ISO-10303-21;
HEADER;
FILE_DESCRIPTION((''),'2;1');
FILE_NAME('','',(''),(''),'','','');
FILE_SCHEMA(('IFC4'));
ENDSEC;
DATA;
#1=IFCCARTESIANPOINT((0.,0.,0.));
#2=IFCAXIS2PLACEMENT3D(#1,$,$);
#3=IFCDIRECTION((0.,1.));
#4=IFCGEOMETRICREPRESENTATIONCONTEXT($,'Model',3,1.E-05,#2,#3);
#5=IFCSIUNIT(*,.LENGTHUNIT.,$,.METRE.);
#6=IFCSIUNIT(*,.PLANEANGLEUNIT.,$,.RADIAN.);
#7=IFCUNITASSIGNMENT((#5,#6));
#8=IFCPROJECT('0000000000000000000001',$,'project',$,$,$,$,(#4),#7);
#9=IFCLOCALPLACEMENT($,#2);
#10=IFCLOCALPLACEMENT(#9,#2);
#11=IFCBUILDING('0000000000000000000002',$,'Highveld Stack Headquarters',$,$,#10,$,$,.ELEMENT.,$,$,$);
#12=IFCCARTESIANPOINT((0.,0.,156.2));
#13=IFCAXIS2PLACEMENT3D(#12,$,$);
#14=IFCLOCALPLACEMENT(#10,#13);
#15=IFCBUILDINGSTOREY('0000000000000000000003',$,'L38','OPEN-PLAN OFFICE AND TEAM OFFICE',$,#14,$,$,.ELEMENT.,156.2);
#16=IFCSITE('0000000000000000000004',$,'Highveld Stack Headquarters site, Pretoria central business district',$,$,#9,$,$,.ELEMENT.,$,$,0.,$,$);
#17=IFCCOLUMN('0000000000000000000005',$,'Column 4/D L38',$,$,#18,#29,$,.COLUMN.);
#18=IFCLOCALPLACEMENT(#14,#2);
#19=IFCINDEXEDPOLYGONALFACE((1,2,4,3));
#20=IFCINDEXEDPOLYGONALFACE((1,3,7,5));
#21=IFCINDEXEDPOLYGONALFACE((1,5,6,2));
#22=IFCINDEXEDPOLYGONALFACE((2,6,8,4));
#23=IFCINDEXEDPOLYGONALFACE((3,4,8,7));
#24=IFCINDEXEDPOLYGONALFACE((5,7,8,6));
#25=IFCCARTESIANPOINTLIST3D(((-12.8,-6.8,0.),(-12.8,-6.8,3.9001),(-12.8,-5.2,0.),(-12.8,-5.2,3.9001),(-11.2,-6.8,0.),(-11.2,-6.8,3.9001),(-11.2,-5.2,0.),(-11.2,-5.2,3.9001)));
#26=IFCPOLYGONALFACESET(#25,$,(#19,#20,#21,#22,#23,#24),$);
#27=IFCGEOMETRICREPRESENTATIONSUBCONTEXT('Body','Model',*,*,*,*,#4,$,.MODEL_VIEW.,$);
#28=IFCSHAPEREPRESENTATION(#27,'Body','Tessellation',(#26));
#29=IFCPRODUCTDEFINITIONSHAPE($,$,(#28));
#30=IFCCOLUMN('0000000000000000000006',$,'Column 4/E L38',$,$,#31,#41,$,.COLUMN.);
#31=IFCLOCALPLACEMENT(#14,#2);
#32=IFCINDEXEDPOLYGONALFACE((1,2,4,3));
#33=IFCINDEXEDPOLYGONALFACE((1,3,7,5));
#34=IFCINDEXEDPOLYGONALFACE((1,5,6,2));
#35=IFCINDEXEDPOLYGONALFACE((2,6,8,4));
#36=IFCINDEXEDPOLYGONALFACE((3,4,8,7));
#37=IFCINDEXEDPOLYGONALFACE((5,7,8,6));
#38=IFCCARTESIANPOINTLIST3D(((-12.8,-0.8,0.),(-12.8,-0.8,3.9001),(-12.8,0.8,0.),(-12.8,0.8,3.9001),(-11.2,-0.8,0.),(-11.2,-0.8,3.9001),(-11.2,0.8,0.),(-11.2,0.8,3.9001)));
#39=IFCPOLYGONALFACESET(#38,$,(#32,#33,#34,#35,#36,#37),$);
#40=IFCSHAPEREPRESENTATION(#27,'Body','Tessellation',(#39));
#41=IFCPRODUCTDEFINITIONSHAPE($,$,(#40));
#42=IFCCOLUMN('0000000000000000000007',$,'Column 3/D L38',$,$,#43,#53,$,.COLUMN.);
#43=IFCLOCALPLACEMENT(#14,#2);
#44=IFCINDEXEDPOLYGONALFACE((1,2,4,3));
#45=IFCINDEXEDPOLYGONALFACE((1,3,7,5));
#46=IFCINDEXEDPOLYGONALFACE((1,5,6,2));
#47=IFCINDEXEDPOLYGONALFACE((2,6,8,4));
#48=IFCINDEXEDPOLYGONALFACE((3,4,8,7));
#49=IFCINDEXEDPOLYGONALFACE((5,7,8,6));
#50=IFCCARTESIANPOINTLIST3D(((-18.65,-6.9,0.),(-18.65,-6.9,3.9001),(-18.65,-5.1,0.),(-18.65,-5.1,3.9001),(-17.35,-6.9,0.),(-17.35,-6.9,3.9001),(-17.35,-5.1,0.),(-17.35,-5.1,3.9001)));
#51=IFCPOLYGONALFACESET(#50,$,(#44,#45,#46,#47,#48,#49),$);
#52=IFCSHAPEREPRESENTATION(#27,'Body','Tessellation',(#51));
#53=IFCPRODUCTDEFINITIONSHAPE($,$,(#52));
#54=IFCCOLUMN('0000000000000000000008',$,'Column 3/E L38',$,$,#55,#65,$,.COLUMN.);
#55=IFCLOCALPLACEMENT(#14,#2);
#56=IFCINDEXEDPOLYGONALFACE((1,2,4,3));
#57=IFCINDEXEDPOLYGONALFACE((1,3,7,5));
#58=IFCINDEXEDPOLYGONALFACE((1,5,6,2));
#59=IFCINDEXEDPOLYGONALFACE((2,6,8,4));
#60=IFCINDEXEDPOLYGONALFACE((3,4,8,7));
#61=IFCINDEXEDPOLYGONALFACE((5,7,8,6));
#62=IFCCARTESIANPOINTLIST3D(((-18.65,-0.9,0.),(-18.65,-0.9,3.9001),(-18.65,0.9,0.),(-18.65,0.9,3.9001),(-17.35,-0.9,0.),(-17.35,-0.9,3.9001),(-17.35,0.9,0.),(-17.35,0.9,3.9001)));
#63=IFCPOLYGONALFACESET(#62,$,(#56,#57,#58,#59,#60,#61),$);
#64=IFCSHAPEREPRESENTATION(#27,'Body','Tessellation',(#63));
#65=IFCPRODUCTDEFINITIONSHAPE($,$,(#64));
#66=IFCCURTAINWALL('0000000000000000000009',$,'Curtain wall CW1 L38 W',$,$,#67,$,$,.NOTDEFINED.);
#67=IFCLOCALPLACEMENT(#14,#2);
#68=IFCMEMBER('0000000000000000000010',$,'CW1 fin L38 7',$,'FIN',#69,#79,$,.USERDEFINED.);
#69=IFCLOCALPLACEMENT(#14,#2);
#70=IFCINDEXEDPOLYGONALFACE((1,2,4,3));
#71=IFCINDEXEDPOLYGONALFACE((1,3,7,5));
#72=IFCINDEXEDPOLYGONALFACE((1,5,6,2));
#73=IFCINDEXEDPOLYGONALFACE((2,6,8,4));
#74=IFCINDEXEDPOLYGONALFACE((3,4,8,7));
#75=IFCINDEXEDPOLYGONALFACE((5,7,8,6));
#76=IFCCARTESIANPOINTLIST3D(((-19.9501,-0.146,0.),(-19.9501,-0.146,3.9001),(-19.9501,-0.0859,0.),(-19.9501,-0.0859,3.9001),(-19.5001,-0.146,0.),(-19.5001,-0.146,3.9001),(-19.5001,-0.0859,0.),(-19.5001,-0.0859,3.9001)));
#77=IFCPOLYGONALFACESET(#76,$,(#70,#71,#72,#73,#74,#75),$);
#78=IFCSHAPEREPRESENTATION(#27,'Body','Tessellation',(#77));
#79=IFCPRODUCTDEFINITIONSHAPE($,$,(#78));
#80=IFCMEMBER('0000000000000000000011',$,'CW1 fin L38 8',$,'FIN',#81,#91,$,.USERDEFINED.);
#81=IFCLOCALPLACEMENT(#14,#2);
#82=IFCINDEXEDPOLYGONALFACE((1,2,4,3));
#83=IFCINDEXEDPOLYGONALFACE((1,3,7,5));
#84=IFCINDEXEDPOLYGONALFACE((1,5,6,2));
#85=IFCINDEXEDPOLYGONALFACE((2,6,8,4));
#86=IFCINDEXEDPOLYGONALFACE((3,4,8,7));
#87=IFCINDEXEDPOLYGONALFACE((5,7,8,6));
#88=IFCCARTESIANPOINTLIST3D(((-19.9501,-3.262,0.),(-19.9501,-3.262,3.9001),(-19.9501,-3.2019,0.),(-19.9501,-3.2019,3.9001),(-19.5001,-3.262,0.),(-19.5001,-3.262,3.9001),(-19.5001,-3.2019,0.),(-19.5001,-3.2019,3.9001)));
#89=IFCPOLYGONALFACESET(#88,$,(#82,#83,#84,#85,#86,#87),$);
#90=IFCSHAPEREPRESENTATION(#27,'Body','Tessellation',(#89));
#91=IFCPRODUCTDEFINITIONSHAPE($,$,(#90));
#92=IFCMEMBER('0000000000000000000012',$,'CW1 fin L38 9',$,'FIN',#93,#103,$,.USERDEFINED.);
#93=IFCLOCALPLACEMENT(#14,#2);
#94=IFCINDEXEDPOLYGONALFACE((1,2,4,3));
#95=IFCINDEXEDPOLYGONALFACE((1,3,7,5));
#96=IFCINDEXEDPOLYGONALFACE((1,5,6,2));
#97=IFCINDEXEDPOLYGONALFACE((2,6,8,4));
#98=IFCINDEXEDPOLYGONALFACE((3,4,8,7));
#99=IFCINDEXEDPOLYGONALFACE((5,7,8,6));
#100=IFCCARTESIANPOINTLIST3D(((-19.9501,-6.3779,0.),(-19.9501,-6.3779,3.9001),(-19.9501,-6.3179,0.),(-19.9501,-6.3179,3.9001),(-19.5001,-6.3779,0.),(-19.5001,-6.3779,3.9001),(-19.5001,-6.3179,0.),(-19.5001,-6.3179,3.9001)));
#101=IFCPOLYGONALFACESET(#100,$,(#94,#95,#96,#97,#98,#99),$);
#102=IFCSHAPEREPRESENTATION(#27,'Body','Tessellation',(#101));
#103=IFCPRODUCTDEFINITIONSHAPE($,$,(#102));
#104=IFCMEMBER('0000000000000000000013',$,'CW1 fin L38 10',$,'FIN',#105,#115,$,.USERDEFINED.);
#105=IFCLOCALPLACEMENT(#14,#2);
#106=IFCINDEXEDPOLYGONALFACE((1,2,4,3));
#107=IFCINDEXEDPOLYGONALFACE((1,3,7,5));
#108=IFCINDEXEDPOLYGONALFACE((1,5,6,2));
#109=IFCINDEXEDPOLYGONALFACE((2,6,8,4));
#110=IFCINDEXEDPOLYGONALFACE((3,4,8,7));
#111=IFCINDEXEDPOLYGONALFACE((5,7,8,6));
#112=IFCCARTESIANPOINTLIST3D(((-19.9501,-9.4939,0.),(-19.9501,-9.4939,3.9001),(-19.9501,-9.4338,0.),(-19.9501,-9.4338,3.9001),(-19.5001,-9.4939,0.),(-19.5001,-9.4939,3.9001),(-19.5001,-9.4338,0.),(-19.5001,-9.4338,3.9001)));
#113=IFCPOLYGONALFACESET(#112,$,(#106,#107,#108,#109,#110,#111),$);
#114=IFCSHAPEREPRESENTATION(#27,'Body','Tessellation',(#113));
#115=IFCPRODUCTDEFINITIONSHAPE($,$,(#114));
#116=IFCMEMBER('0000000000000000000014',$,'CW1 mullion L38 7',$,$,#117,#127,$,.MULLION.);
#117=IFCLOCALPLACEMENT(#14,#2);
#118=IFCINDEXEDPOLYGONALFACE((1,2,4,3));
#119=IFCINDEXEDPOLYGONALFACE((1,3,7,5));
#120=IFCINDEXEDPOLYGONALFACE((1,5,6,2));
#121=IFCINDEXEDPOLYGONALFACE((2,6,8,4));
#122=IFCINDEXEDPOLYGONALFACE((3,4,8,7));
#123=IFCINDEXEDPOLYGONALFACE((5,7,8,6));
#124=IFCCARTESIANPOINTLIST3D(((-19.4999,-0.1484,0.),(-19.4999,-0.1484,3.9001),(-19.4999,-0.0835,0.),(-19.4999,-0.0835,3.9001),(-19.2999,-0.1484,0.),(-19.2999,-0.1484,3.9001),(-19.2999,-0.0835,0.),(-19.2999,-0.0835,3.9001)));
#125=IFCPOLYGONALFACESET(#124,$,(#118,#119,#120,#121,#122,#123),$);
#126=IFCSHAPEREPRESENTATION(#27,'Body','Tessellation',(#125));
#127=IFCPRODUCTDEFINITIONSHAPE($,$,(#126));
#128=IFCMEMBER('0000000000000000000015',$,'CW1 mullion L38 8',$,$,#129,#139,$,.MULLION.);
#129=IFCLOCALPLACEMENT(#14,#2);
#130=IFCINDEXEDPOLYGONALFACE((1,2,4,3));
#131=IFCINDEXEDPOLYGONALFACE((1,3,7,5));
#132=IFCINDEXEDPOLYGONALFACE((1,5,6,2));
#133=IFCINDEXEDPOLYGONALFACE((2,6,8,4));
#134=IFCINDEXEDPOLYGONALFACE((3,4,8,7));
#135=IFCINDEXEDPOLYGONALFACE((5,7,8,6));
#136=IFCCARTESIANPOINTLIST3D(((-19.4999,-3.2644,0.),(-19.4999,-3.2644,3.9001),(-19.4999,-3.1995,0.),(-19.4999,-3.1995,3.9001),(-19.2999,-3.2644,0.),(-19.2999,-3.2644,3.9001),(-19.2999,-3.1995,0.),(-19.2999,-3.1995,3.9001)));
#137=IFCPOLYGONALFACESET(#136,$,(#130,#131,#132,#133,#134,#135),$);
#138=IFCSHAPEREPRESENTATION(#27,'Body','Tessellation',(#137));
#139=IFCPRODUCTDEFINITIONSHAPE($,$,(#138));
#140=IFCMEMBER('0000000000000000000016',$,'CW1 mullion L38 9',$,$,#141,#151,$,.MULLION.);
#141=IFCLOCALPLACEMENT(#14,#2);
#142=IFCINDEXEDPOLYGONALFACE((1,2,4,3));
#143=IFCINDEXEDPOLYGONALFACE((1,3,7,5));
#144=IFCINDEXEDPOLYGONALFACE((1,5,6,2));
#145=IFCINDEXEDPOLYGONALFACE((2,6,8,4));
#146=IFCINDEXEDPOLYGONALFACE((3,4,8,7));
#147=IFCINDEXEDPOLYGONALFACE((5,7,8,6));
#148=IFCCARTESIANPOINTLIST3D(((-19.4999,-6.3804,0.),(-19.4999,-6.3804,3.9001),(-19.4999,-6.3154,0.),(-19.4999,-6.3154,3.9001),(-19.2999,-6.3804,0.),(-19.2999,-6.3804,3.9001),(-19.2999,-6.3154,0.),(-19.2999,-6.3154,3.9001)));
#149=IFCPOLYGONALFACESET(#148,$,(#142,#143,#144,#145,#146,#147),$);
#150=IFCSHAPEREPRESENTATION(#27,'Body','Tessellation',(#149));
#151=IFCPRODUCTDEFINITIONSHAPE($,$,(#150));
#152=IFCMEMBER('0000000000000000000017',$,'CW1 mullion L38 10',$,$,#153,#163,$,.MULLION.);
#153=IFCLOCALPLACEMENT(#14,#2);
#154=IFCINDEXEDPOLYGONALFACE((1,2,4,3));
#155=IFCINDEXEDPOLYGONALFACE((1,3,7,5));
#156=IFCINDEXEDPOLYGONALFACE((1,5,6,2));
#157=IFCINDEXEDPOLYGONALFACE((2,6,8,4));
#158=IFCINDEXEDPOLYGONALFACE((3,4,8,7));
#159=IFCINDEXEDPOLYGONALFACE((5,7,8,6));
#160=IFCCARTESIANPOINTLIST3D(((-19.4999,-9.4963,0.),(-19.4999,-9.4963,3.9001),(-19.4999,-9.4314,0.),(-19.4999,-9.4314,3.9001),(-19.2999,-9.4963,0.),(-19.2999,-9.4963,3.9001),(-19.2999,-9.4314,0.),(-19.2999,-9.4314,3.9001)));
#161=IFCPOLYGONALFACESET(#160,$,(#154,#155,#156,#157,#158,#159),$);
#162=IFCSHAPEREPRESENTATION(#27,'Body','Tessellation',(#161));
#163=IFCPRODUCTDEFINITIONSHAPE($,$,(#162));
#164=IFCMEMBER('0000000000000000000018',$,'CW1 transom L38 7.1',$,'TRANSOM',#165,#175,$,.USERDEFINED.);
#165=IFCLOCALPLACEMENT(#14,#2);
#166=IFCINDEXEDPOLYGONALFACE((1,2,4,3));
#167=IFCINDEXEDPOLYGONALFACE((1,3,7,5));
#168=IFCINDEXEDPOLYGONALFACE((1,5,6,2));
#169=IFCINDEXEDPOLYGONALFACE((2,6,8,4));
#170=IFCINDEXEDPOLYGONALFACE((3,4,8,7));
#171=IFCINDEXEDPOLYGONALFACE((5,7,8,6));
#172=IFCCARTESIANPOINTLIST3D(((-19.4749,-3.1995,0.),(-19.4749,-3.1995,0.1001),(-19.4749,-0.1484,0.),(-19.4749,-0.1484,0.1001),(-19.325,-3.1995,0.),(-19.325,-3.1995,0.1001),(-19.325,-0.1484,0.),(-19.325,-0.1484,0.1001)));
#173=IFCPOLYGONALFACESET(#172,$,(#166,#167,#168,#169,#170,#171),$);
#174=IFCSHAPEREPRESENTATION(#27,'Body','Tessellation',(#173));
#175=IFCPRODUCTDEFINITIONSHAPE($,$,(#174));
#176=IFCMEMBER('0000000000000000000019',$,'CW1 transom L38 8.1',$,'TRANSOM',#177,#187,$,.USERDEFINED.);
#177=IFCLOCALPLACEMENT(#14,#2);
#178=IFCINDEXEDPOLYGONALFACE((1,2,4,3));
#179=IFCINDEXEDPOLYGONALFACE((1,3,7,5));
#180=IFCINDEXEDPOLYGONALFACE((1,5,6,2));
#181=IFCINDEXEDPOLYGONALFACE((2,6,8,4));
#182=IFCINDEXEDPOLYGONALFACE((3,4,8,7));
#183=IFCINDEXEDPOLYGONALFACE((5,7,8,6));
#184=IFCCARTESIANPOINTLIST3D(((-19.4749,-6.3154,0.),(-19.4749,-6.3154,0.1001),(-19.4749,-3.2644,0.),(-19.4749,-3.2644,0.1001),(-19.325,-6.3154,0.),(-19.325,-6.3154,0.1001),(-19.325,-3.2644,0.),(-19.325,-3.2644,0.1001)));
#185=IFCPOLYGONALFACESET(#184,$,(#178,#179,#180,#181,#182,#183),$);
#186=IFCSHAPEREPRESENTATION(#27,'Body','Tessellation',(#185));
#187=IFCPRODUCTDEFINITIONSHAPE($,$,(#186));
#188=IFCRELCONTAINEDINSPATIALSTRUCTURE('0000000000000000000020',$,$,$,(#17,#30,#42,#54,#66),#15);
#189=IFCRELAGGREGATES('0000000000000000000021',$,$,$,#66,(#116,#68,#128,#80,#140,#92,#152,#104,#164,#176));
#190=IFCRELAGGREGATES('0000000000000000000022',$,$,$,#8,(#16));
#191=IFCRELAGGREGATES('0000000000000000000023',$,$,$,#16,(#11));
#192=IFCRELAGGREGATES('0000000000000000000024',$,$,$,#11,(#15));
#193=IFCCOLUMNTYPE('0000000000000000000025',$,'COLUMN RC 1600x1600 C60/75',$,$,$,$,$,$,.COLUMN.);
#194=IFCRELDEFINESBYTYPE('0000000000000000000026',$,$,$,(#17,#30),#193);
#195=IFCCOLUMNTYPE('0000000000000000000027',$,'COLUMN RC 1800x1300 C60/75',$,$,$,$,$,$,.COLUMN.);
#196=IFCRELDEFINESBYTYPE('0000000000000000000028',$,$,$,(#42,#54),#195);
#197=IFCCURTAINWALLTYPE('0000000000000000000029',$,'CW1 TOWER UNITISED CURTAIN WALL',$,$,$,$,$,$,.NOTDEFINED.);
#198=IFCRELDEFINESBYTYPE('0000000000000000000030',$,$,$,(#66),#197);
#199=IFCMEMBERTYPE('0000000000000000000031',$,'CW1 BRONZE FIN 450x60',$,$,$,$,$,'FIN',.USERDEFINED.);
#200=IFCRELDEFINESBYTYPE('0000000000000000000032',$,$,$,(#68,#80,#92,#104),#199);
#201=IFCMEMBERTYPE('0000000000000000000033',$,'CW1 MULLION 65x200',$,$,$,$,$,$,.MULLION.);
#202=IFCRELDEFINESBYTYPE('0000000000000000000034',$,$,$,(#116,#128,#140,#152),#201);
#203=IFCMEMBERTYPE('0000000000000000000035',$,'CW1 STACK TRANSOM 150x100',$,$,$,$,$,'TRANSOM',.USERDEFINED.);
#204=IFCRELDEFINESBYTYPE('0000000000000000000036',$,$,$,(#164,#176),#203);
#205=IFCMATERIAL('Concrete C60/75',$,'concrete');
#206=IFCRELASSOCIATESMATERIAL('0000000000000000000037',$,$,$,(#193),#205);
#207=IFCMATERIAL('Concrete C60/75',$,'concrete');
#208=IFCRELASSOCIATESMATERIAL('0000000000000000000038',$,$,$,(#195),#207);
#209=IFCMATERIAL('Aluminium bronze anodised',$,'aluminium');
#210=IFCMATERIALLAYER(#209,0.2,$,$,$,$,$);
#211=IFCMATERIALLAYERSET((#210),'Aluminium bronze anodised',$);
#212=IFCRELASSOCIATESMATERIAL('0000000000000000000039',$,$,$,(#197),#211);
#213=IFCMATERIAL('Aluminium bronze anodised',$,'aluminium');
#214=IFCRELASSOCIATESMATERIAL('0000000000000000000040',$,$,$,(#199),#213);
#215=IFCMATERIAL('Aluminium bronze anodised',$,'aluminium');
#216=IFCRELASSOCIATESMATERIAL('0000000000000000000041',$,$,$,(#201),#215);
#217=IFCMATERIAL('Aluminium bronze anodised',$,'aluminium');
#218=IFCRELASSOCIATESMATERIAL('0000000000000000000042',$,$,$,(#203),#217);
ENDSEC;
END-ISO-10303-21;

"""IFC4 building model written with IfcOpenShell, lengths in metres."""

from ifc_helpers import new_model, si_unit, direction, frame, origin, origin_2d, place, context, subcontext, project, spatial, rectangle, extrude, material, layer, layer_set, material_profile, profile_set, type_object, element, aggregate, save


model = new_model("IFC4")

# Units and contexts
model_context = context("Model", 3, precision=1e-05, world=origin(), true_north=direction((0.0, 1.0)))
body_context = subcontext(model_context, "Body", "Model", "MODEL_VIEW")
ifc_project = project(units=[si_unit("LENGTHUNIT", "METRE"), si_unit("PLANEANGLEUNIT", "RADIAN")], contexts=[model_context])

# Site, building, storey
site_placement = place(None, origin())
site = spatial("IfcSite", under=ifc_project, at=site_placement, Name="Highveld Stack Headquarters site, Pretoria central business district", CompositionType="ELEMENT", RefElevation=0.0)
building_placement = place(site_placement, origin())
building = spatial("IfcBuilding", under=site, at=building_placement, Name="Highveld Stack Headquarters", CompositionType="ELEMENT")
storey_placement = place(building_placement, frame((0.0, 0.0, 156.2)))
storey = spatial("IfcBuildingStorey", under=building, at=storey_placement, Name="L38", Description="OPEN-PLAN OFFICE AND TEAM OFFICE", CompositionType="ELEMENT", Elevation=156.2)

# Columns
ifc_material_1 = material(Name="Concrete C60/75", Category="concrete")
ifc_material_profile_1 = material_profile(ifc_material_1, rectangle(XDim=1.6001, YDim=1.6001, at=origin_2d()), Name="RC 1600x1600")
ifc_profile_set_1 = profile_set([ifc_material_profile_1], Name="Concrete C60/75")
column_type_1 = type_object("IfcColumnType", Name="COLUMN RC 1600x1600 C60/75", PredefinedType="COLUMN", material=ifc_profile_set_1)
for number, where, z_axis, x_axis, name in (
    (1, (-12.0, -6.0, 0.0), (0.0, 0.0, 1.0), (1.0, 0.0, 0.0), "Column 4/D L38"),
    (2, (-12.0, 0.0, 0.0), (0.0, 0.0, 1.0), (1.0, 0.0, 0.0), "Column 4/E L38"),
):
    element("IfcColumn", number, at=place(storey_placement, frame(where, z_axis=z_axis, x_axis=x_axis)), inside=storey, type_object=column_type_1, Name=name, PredefinedType="COLUMN", context=body_context, shape_type="SweptSolid", body=[
        extrude(rectangle(XDim=1.6001, YDim=1.6001, at=origin_2d()), origin(), (0.0, 0.0, 1.0), 3.9001),
    ])
ifc_material_2 = material(Name="Concrete C60/75", Category="concrete")
ifc_material_profile_2 = material_profile(ifc_material_2, rectangle(XDim=1.8, YDim=1.3, at=origin_2d()), Name="RC 1800x1300")
ifc_profile_set_2 = profile_set([ifc_material_profile_2], Name="Concrete C60/75")
column_type_2 = type_object("IfcColumnType", Name="COLUMN RC 1800x1300 C60/75", PredefinedType="COLUMN", material=ifc_profile_set_2)
for number, where, z_axis, x_axis, name in (
    (3, (-18.0, -6.0, 0.0), (0.0, 0.0, 1.0), (0.0, 1.0, 0.0), "Column 3/D L38"),
    (4, (-18.0, 0.0, 0.0), (0.0, 0.0, 1.0), (0.0, 1.0, 0.0), "Column 3/E L38"),
):
    element("IfcColumn", number, at=place(storey_placement, frame(where, z_axis=z_axis, x_axis=x_axis)), inside=storey, type_object=column_type_2, Name=name, PredefinedType="COLUMN", context=body_context, shape_type="SweptSolid", body=[
        extrude(rectangle(XDim=1.8, YDim=1.3, at=origin_2d()), origin(), (0.0, 0.0, 1.0), 3.9001),
    ])

# Curtain wall, members
ifc_material_3 = material(Name="Aluminium bronze anodised", Category="aluminium")
ifc_layer_1 = layer(ifc_material_3, 0.2)
ifc_layer_set_1 = layer_set([ifc_layer_1], Name="Aluminium bronze anodised")
curtain_wall_type = type_object("IfcCurtainWallType", Name="CW1 TOWER UNITISED CURTAIN WALL", PredefinedType="NOTDEFINED", material=ifc_layer_set_1)
curtain_wall_placement = place(storey_placement, origin())
curtain_wall = element("IfcCurtainWall", 5, at=curtain_wall_placement, inside=storey, type_object=curtain_wall_type, Name="Curtain wall CW1 L38 W", PredefinedType="NOTDEFINED")
ifc_material_4 = material(Name="Aluminium bronze anodised", Category="aluminium")
ifc_material_profile_3 = material_profile(ifc_material_4, rectangle(XDim=0.45, YDim=0.0601, at=origin_2d()), Name="FIN 450x60")
ifc_profile_set_3 = profile_set([ifc_material_profile_3], Name="Aluminium bronze anodised")
member_type_1 = type_object("IfcMemberType", Name="CW1 BRONZE FIN 450x60", ElementType="FIN", PredefinedType="USERDEFINED", material=ifc_profile_set_3)
member_1_placement = place(storey_placement, frame((-19.7251, -0.116, 0.0), z_axis=(0.0, 0.0, 1.0), x_axis=(1.0, 0.0, 0.0)))
member_1 = element("IfcMember", 6, at=member_1_placement, type_object=member_type_1, Name="CW1 fin L38 7", ObjectType="FIN", PredefinedType="USERDEFINED", context=body_context, shape_type="SweptSolid", body=[
    extrude(rectangle(XDim=0.45, YDim=0.0601, at=origin_2d()), origin(), (0.0, 0.0, 1.0), 3.9001),
])
member_2_placement = place(storey_placement, frame((-19.7251, -3.2319, 0.0), z_axis=(0.0, 0.0, 1.0), x_axis=(1.0, 0.0, 0.0)))
member_2 = element("IfcMember", 7, at=member_2_placement, type_object=member_type_1, Name="CW1 fin L38 8", ObjectType="FIN", PredefinedType="USERDEFINED", context=body_context, shape_type="SweptSolid", body=[
    extrude(rectangle(XDim=0.45, YDim=0.0601, at=origin_2d()), origin(), (0.0, 0.0, 1.0), 3.9001),
])
member_3_placement = place(storey_placement, frame((-19.7251, -6.3479, 0.0), z_axis=(0.0, 0.0, 1.0), x_axis=(1.0, 0.0, 0.0)))
member_3 = element("IfcMember", 8, at=member_3_placement, type_object=member_type_1, Name="CW1 fin L38 9", ObjectType="FIN", PredefinedType="USERDEFINED", context=body_context, shape_type="SweptSolid", body=[
    extrude(rectangle(XDim=0.45, YDim=0.0601, at=origin_2d()), origin(), (0.0, 0.0, 1.0), 3.9001),
])
member_4_placement = place(storey_placement, frame((-19.7251, -9.4639, 0.0), z_axis=(0.0, 0.0, 1.0), x_axis=(1.0, 0.0, 0.0)))
member_4 = element("IfcMember", 9, at=member_4_placement, type_object=member_type_1, Name="CW1 fin L38 10", ObjectType="FIN", PredefinedType="USERDEFINED", context=body_context, shape_type="SweptSolid", body=[
    extrude(rectangle(XDim=0.45, YDim=0.0601, at=origin_2d()), origin(), (0.0, 0.0, 1.0), 3.9001),
])
ifc_material_5 = material(Name="Aluminium bronze anodised", Category="aluminium")
ifc_material_profile_4 = material_profile(ifc_material_5, rectangle(XDim=0.2, YDim=0.0649, at=origin_2d()), Name="CW1 MULLION 65x200")
ifc_profile_set_4 = profile_set([ifc_material_profile_4], Name="Aluminium bronze anodised")
member_type_2 = type_object("IfcMemberType", Name="CW1 MULLION 65x200", PredefinedType="MULLION", material=ifc_profile_set_4)
member_5_placement = place(storey_placement, frame((-19.3999, -0.116, 0.0), z_axis=(0.0, 0.0, 1.0), x_axis=(1.0, 0.0, 0.0)))
member_5 = element("IfcMember", 10, at=member_5_placement, type_object=member_type_2, Name="CW1 mullion L38 7", PredefinedType="MULLION", context=body_context, shape_type="SweptSolid", body=[
    extrude(rectangle(XDim=0.2, YDim=0.0649, at=origin_2d()), origin(), (0.0, 0.0, 1.0), 3.9001),
])
member_6_placement = place(storey_placement, frame((-19.3999, -3.2319, 0.0), z_axis=(0.0, 0.0, 1.0), x_axis=(1.0, 0.0, 0.0)))
member_6 = element("IfcMember", 11, at=member_6_placement, type_object=member_type_2, Name="CW1 mullion L38 8", PredefinedType="MULLION", context=body_context, shape_type="SweptSolid", body=[
    extrude(rectangle(XDim=0.2, YDim=0.0649, at=origin_2d()), origin(), (0.0, 0.0, 1.0), 3.9001),
])
member_7_placement = place(storey_placement, frame((-19.3999, -6.3479, 0.0), z_axis=(0.0, 0.0, 1.0), x_axis=(1.0, 0.0, 0.0)))
member_7 = element("IfcMember", 12, at=member_7_placement, type_object=member_type_2, Name="CW1 mullion L38 9", PredefinedType="MULLION", context=body_context, shape_type="SweptSolid", body=[
    extrude(rectangle(XDim=0.2, YDim=0.0649, at=origin_2d()), origin(), (0.0, 0.0, 1.0), 3.9001),
])
member_8_placement = place(storey_placement, frame((-19.3999, -9.4639, 0.0), z_axis=(0.0, 0.0, 1.0), x_axis=(1.0, 0.0, 0.0)))
member_8 = element("IfcMember", 13, at=member_8_placement, type_object=member_type_2, Name="CW1 mullion L38 10", PredefinedType="MULLION", context=body_context, shape_type="SweptSolid", body=[
    extrude(rectangle(XDim=0.2, YDim=0.0649, at=origin_2d()), origin(), (0.0, 0.0, 1.0), 3.9001),
])
ifc_material_6 = material(Name="Aluminium bronze anodised", Category="aluminium")
ifc_material_profile_5 = material_profile(ifc_material_6, rectangle(XDim=0.1499, YDim=0.1001, at=origin_2d()), Name="CW1 TRANSOM 150x100")
ifc_profile_set_5 = profile_set([ifc_material_profile_5], Name="Aluminium bronze anodised")
member_type_3 = type_object("IfcMemberType", Name="CW1 STACK TRANSOM 150x100", ElementType="TRANSOM", PredefinedType="USERDEFINED", material=ifc_profile_set_5)
member_9_placement = place(storey_placement, frame((-19.3999, -0.1484, 0.05), z_axis=(0.0, -1.0, 0.0), x_axis=(1.0, 0.0, 0.0)))
member_9 = element("IfcMember", 14, at=member_9_placement, type_object=member_type_3, Name="CW1 transom L38 7.1", ObjectType="TRANSOM", PredefinedType="USERDEFINED", context=body_context, shape_type="SweptSolid", body=[
    extrude(rectangle(XDim=0.1499, YDim=0.1001, at=origin_2d()), origin(), (0.0, 0.0, 1.0), 3.051),
])
member_10_placement = place(storey_placement, frame((-19.3999, -3.2644, 0.05), z_axis=(0.0, -1.0, 0.0), x_axis=(1.0, 0.0, 0.0)))
member_10 = element("IfcMember", 15, at=member_10_placement, type_object=member_type_3, Name="CW1 transom L38 8.1", ObjectType="TRANSOM", PredefinedType="USERDEFINED", context=body_context, shape_type="SweptSolid", body=[
    extrude(rectangle(XDim=0.1499, YDim=0.1001, at=origin_2d()), origin(), (0.0, 0.0, 1.0), 3.051),
])
aggregate(curtain_wall, [member_5, member_1, member_6, member_2, member_7, member_3, member_8, member_4, member_9, member_10])

save(model, "model.ifc")
